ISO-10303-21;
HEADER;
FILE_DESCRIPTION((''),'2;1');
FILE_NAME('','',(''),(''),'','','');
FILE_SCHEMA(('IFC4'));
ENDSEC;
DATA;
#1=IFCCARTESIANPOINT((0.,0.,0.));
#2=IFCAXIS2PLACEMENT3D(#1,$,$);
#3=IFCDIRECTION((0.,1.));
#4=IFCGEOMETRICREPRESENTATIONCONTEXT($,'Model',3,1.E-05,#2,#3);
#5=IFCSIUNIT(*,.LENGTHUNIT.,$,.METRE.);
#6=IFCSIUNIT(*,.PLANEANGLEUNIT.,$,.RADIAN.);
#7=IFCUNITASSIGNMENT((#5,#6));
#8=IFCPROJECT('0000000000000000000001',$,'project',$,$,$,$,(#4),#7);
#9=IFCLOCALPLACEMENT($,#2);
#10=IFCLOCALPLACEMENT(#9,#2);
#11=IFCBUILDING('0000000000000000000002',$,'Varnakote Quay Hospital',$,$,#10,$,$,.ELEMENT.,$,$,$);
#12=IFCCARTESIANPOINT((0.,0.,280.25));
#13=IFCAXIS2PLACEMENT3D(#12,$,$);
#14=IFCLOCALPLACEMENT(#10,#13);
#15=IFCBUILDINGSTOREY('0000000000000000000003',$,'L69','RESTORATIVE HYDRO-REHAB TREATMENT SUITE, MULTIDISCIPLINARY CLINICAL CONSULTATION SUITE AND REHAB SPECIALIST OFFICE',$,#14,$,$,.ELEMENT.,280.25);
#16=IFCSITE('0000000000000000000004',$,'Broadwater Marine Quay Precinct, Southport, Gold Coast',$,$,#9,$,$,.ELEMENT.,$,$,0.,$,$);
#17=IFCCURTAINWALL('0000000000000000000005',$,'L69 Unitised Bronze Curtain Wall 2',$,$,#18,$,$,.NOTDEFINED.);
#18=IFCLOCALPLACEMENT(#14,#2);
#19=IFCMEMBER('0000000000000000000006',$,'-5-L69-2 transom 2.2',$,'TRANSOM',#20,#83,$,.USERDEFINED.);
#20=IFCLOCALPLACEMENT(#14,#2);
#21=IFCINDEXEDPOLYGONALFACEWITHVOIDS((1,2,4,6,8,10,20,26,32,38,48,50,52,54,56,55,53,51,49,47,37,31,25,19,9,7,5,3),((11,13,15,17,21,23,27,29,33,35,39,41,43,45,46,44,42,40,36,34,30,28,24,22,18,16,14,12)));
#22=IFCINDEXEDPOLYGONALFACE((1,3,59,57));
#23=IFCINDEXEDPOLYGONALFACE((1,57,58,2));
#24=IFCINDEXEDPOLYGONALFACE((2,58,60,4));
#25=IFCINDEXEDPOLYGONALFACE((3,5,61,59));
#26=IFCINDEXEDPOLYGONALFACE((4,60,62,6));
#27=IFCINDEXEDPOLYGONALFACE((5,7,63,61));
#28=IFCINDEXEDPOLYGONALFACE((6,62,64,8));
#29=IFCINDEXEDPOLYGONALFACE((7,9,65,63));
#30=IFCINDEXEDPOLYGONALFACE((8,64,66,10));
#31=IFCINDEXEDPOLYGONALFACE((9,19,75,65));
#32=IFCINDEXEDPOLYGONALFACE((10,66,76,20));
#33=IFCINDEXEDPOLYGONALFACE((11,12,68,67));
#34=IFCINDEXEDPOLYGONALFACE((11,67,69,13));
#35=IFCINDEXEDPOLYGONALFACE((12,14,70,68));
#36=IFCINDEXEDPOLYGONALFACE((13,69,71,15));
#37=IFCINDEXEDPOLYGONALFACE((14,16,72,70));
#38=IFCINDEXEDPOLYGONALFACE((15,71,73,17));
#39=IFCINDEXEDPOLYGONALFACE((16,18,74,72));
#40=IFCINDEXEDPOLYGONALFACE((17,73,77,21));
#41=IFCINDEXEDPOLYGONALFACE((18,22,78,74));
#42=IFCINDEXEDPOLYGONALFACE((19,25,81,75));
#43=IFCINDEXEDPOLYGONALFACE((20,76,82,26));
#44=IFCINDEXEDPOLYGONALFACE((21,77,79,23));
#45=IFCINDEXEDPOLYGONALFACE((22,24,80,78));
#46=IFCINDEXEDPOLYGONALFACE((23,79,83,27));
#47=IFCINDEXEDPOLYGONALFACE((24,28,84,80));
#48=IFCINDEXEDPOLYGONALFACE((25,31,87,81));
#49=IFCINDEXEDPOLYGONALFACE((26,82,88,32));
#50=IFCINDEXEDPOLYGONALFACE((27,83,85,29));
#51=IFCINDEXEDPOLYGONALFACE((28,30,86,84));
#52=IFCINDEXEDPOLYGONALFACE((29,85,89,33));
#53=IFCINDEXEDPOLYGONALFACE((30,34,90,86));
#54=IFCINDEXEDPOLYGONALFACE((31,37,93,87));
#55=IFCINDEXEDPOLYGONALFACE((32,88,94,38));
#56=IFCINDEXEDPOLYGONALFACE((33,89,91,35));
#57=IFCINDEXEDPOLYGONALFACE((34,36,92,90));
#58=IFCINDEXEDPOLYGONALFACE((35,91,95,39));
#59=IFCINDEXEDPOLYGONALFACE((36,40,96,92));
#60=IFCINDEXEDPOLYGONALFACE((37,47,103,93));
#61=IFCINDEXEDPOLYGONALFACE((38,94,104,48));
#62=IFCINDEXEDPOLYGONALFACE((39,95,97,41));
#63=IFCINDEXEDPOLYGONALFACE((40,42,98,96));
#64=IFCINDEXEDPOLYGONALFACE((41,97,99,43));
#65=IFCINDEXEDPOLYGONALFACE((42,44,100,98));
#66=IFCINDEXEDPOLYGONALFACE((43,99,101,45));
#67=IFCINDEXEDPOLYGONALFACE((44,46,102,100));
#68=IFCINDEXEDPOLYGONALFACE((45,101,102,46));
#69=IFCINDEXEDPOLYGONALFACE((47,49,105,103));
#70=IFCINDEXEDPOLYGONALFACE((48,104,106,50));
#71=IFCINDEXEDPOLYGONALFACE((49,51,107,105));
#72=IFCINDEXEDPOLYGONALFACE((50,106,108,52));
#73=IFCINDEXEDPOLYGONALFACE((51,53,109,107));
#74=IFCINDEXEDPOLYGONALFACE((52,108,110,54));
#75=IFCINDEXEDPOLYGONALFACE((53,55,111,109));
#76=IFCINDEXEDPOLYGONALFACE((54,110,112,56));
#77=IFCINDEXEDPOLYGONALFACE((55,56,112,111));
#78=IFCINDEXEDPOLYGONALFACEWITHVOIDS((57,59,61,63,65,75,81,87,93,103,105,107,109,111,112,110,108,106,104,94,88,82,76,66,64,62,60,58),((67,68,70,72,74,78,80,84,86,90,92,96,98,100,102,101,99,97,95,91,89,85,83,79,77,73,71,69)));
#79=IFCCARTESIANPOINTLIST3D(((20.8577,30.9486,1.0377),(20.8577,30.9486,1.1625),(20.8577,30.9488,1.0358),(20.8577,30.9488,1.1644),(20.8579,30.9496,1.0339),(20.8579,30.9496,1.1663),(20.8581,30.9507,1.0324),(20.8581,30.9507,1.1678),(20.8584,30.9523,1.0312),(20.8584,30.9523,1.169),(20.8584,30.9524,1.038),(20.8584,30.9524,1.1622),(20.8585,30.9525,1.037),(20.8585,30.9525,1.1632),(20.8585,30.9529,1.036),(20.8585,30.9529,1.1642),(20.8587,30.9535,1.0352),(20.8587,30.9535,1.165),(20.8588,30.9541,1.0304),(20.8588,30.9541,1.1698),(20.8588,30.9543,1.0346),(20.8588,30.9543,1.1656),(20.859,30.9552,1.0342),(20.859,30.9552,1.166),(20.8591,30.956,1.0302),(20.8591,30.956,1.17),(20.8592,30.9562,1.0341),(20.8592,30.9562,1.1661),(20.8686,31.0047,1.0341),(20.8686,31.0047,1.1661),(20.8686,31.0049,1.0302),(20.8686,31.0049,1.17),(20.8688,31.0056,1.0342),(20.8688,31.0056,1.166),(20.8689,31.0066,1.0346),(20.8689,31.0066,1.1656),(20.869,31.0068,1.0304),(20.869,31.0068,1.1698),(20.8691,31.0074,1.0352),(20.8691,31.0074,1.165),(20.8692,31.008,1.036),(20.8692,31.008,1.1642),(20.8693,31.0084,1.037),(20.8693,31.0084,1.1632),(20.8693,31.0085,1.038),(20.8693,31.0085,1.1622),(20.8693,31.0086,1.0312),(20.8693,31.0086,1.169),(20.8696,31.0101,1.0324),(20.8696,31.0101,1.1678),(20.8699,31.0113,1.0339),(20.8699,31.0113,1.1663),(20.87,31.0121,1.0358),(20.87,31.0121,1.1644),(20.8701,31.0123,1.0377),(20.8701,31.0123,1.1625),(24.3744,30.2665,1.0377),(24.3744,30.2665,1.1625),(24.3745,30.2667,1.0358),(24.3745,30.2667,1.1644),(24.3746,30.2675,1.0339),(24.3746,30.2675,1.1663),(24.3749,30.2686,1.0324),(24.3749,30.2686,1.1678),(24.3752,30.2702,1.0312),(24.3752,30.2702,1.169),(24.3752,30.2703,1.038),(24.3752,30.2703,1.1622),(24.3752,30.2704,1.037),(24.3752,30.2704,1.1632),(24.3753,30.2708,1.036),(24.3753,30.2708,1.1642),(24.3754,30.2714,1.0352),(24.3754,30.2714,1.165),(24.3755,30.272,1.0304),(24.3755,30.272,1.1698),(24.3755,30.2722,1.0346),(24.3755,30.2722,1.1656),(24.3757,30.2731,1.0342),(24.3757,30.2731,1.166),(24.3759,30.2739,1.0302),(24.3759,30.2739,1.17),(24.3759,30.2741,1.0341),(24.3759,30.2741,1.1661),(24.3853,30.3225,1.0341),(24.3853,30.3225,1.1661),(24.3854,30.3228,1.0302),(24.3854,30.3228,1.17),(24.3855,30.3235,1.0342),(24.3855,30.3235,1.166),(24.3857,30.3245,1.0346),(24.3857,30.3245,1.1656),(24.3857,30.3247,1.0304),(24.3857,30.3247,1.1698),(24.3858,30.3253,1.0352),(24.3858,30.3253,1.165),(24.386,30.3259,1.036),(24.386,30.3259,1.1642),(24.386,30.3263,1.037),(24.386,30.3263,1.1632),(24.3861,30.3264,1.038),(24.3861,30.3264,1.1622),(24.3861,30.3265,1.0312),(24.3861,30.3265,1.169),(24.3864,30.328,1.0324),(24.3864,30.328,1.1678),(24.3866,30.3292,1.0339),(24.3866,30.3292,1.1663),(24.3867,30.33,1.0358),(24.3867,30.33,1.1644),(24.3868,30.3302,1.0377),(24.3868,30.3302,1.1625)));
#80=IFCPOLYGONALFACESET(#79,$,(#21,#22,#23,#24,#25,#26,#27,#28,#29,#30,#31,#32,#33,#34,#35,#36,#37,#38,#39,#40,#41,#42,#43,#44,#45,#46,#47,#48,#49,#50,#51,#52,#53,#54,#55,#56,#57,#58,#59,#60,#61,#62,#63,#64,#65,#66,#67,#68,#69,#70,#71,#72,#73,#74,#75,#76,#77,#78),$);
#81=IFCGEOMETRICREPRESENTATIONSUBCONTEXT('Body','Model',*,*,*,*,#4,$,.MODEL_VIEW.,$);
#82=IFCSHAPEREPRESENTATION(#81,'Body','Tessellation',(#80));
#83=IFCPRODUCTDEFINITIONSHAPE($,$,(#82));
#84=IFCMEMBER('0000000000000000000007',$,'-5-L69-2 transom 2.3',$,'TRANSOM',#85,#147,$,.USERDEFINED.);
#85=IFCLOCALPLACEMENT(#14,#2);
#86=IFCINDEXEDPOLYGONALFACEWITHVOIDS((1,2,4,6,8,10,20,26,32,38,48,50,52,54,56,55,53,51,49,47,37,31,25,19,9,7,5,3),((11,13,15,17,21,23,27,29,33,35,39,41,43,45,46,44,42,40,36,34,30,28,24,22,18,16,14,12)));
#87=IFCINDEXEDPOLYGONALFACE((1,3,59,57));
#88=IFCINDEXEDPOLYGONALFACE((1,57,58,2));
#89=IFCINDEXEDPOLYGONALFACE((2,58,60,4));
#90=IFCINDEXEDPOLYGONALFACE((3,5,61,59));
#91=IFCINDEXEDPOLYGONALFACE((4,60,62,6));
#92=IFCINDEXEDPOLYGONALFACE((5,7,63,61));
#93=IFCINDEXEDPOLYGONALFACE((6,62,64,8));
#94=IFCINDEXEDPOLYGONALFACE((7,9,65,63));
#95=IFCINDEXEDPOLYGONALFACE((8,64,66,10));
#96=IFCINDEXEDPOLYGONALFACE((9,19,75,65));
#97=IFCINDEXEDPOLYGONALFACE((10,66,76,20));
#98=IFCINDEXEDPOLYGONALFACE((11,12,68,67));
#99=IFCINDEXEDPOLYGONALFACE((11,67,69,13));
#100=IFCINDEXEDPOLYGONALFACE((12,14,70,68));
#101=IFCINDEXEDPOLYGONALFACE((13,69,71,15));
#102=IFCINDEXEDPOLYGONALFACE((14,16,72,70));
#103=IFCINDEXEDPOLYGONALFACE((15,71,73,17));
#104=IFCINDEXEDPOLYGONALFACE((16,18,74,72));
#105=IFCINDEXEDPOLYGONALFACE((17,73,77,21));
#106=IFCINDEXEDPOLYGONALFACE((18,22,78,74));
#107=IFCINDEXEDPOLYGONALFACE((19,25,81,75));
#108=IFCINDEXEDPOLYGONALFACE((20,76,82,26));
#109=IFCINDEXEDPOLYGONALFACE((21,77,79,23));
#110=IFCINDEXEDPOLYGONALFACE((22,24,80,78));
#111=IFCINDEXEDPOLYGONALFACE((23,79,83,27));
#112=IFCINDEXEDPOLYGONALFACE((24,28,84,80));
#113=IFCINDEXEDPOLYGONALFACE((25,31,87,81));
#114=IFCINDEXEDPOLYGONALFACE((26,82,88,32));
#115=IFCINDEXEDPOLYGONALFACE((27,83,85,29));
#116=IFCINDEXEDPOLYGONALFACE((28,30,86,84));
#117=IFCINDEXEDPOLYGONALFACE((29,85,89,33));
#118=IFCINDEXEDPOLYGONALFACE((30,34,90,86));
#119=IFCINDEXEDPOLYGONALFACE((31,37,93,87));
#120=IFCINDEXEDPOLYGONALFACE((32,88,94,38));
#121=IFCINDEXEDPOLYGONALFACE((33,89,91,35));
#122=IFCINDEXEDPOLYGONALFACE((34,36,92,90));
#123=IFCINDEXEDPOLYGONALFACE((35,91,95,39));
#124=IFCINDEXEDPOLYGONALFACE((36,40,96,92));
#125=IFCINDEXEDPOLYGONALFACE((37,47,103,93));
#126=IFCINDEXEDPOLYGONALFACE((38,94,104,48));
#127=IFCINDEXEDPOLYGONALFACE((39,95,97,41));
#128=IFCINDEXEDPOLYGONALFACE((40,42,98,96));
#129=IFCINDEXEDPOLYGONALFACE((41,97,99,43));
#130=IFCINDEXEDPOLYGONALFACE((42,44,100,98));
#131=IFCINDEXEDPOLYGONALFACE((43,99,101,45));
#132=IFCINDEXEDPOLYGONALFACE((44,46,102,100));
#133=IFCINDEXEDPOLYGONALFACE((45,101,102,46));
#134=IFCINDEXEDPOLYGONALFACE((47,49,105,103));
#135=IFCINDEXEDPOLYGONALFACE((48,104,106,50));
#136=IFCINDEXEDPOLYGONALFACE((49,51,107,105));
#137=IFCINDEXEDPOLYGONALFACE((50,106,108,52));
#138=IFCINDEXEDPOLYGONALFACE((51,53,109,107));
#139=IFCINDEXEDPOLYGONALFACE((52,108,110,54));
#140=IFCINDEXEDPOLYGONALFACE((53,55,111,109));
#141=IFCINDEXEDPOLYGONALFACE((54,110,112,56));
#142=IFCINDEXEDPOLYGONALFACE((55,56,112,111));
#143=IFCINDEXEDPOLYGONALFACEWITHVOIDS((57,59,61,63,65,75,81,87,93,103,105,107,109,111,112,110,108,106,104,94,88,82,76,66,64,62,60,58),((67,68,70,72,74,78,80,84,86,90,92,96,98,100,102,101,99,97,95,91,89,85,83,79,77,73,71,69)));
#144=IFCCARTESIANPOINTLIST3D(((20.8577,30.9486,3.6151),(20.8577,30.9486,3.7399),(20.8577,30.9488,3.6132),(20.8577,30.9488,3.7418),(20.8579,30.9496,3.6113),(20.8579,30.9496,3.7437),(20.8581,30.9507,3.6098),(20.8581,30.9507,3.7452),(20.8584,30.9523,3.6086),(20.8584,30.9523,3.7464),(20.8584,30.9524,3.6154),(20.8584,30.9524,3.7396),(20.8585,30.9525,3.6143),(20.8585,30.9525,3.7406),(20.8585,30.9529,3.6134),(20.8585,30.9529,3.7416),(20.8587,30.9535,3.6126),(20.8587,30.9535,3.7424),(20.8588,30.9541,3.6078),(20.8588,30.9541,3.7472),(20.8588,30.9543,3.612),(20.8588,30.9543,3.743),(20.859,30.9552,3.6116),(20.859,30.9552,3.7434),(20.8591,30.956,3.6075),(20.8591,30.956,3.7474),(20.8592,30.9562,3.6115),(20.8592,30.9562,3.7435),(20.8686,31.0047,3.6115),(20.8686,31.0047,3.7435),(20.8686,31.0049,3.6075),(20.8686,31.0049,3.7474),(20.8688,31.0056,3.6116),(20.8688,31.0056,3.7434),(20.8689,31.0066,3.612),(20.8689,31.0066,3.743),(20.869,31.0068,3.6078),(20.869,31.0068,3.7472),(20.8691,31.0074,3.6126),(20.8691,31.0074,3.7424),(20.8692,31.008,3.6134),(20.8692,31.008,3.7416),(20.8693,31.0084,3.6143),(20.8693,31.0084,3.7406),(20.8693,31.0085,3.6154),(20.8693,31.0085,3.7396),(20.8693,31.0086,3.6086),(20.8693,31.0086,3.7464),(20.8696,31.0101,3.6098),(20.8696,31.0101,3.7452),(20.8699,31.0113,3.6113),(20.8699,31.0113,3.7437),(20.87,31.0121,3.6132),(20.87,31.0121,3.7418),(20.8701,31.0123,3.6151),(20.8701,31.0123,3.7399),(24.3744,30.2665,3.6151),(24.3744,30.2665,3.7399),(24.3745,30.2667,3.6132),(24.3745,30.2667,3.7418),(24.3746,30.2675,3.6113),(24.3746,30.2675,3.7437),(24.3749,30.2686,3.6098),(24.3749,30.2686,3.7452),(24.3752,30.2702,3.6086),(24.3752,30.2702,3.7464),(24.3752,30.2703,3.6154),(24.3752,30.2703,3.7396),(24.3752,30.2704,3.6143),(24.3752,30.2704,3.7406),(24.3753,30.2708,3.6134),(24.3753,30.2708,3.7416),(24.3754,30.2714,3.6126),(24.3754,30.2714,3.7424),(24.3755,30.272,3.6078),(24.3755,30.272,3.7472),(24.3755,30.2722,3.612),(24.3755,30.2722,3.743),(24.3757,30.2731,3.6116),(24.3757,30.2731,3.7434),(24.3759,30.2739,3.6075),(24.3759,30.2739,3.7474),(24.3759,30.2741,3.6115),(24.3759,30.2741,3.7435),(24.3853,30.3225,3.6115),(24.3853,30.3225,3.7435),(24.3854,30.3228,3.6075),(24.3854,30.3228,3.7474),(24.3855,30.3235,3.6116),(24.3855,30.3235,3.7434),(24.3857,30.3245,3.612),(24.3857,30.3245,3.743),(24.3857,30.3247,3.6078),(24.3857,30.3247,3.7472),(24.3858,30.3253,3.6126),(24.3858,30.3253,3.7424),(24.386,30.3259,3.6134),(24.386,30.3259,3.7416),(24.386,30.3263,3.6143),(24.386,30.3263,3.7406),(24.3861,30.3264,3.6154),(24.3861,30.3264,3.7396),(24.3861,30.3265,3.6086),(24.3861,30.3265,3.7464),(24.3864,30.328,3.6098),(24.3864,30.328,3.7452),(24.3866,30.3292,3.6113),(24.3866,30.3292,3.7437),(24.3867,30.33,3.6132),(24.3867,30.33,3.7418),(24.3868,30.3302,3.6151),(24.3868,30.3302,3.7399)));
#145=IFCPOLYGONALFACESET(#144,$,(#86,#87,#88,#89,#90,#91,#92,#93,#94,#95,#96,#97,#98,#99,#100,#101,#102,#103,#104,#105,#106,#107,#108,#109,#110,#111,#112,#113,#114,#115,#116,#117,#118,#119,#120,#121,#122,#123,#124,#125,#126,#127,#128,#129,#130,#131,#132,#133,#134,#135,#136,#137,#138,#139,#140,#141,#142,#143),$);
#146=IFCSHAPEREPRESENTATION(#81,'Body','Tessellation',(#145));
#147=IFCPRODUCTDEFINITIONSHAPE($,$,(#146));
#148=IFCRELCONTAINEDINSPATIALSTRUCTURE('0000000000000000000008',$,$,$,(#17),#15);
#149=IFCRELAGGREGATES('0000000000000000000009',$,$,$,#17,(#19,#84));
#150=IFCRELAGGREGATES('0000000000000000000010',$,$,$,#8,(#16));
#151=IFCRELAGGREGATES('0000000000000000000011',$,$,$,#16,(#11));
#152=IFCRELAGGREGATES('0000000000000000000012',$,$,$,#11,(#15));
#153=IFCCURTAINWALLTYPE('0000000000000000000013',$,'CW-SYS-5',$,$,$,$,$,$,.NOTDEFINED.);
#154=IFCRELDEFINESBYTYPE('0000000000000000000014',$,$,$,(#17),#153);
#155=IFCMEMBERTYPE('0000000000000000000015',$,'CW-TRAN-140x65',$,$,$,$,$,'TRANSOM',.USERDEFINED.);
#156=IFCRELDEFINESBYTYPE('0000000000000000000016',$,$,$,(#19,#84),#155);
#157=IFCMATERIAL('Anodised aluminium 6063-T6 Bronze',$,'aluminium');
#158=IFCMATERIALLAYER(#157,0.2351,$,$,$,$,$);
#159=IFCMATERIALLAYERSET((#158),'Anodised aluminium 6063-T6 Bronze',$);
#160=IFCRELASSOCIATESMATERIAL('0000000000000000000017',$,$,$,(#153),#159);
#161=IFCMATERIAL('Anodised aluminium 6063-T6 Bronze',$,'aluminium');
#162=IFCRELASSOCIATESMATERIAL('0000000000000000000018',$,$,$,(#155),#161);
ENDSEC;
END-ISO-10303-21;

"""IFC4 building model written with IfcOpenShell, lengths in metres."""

from ifc_helpers import new_model, si_unit, direction, frame, origin, origin_2d, place, context, subcontext, project, spatial, hollow_rectangle, extrude, material, layer, layer_set, material_profile, profile_set, type_object, element, aggregate, save


model = new_model("IFC4")

# Units and contexts
model_context = context("Model", 3, precision=1e-05, world=origin(), true_north=direction((0.0, 1.0)))
body_context = subcontext(model_context, "Body", "Model", "MODEL_VIEW")
ifc_project = project(units=[si_unit("LENGTHUNIT", "METRE"), si_unit("PLANEANGLEUNIT", "RADIAN")], contexts=[model_context])

# Site, building, storey
site_placement = place(None, origin())
site = spatial("IfcSite", under=ifc_project, at=site_placement, Name="Broadwater Marine Quay Precinct, Southport, Gold Coast", CompositionType="ELEMENT", RefElevation=0.0)
building_placement = place(site_placement, origin())
building = spatial("IfcBuilding", under=site, at=building_placement, Name="Varnakote Quay Hospital", CompositionType="ELEMENT")
storey_placement = place(building_placement, frame((0.0, 0.0, 280.25)))
storey = spatial("IfcBuildingStorey", under=building, at=storey_placement, Name="L69", Description="RESTORATIVE HYDRO-REHAB TREATMENT SUITE, MULTIDISCIPLINARY CLINICAL CONSULTATION SUITE AND REHAB SPECIALIST OFFICE", CompositionType="ELEMENT", Elevation=280.25)

# Shared definitions
ifc_material_1 = material(Name="Anodised aluminium 6063-T6 Bronze", Category="aluminium")
ifc_layer_1 = layer(ifc_material_1, 0.2351)
ifc_layer_set_1 = layer_set([ifc_layer_1], Name="Anodised aluminium 6063-T6 Bronze")
curtain_wall_type = type_object("IfcCurtainWallType", Name="CW-SYS-5", PredefinedType="NOTDEFINED", material=ifc_layer_set_1)

# Curtain wall, members
curtain_wall_1_placement = place(storey_placement, origin())
curtain_wall_1 = element("IfcCurtainWall", 1, at=curtain_wall_1_placement, inside=storey, type_object=curtain_wall_type, Name="L69 Unitised Bronze Curtain Wall 2", PredefinedType="NOTDEFINED")
ifc_material_2 = material(Name="Anodised aluminium 6063-T6 Bronze", Category="aluminium")
ifc_material_profile_1 = material_profile(ifc_material_2, hollow_rectangle(XDim=0.0649, YDim=0.1399, WallThickness=0.0039, InnerFilletRadius=0.0039, OuterFilletRadius=0.0076, at=origin_2d()), Name="CW-TRAN-140x65")
ifc_profile_set_1 = profile_set([ifc_material_profile_1], Name="Anodised aluminium 6063-T6 Bronze")
member_type_1 = type_object("IfcMemberType", Name="CW-TRAN-140x65", ElementType="TRANSOM", PredefinedType="USERDEFINED", material=ifc_profile_set_1)
member_1_placement = place(storey_placement, frame((24.3806, 30.2983, 1.1001), z_axis=(-0.981704, 0.190412, 0.0), x_axis=(-0.190412, -0.981704, 0.0)))
member_1 = element("IfcMember", 2, at=member_1_placement, type_object=member_type_1, Name="-5-L69-2 transom 2.2", ObjectType="TRANSOM", PredefinedType="USERDEFINED", context=body_context, shape_type="SweptSolid", body=[
    extrude(hollow_rectangle(XDim=0.0649, YDim=0.1399, WallThickness=0.0039, InnerFilletRadius=0.0039, OuterFilletRadius=0.0076, at=origin_2d()), origin(), (0.0, 0.0, 1.0), 3.5823),
])
member_2_placement = place(storey_placement, frame((24.3806, 30.2983, 3.6775), z_axis=(-0.981704, 0.190412, 0.0), x_axis=(-0.190412, -0.981704, 0.0)))
member_2 = element("IfcMember", 3, at=member_2_placement, type_object=member_type_1, Name="-5-L69-2 transom 2.3", ObjectType="TRANSOM", PredefinedType="USERDEFINED", context=body_context, shape_type="SweptSolid", body=[
    extrude(hollow_rectangle(XDim=0.0649, YDim=0.1399, WallThickness=0.0039, InnerFilletRadius=0.0039, OuterFilletRadius=0.0076, at=origin_2d()), origin(), (0.0, 0.0, 1.0), 3.5823),
])

aggregate(curtain_wall_1, [member_1, member_2])

save(model, "model.ifc")
